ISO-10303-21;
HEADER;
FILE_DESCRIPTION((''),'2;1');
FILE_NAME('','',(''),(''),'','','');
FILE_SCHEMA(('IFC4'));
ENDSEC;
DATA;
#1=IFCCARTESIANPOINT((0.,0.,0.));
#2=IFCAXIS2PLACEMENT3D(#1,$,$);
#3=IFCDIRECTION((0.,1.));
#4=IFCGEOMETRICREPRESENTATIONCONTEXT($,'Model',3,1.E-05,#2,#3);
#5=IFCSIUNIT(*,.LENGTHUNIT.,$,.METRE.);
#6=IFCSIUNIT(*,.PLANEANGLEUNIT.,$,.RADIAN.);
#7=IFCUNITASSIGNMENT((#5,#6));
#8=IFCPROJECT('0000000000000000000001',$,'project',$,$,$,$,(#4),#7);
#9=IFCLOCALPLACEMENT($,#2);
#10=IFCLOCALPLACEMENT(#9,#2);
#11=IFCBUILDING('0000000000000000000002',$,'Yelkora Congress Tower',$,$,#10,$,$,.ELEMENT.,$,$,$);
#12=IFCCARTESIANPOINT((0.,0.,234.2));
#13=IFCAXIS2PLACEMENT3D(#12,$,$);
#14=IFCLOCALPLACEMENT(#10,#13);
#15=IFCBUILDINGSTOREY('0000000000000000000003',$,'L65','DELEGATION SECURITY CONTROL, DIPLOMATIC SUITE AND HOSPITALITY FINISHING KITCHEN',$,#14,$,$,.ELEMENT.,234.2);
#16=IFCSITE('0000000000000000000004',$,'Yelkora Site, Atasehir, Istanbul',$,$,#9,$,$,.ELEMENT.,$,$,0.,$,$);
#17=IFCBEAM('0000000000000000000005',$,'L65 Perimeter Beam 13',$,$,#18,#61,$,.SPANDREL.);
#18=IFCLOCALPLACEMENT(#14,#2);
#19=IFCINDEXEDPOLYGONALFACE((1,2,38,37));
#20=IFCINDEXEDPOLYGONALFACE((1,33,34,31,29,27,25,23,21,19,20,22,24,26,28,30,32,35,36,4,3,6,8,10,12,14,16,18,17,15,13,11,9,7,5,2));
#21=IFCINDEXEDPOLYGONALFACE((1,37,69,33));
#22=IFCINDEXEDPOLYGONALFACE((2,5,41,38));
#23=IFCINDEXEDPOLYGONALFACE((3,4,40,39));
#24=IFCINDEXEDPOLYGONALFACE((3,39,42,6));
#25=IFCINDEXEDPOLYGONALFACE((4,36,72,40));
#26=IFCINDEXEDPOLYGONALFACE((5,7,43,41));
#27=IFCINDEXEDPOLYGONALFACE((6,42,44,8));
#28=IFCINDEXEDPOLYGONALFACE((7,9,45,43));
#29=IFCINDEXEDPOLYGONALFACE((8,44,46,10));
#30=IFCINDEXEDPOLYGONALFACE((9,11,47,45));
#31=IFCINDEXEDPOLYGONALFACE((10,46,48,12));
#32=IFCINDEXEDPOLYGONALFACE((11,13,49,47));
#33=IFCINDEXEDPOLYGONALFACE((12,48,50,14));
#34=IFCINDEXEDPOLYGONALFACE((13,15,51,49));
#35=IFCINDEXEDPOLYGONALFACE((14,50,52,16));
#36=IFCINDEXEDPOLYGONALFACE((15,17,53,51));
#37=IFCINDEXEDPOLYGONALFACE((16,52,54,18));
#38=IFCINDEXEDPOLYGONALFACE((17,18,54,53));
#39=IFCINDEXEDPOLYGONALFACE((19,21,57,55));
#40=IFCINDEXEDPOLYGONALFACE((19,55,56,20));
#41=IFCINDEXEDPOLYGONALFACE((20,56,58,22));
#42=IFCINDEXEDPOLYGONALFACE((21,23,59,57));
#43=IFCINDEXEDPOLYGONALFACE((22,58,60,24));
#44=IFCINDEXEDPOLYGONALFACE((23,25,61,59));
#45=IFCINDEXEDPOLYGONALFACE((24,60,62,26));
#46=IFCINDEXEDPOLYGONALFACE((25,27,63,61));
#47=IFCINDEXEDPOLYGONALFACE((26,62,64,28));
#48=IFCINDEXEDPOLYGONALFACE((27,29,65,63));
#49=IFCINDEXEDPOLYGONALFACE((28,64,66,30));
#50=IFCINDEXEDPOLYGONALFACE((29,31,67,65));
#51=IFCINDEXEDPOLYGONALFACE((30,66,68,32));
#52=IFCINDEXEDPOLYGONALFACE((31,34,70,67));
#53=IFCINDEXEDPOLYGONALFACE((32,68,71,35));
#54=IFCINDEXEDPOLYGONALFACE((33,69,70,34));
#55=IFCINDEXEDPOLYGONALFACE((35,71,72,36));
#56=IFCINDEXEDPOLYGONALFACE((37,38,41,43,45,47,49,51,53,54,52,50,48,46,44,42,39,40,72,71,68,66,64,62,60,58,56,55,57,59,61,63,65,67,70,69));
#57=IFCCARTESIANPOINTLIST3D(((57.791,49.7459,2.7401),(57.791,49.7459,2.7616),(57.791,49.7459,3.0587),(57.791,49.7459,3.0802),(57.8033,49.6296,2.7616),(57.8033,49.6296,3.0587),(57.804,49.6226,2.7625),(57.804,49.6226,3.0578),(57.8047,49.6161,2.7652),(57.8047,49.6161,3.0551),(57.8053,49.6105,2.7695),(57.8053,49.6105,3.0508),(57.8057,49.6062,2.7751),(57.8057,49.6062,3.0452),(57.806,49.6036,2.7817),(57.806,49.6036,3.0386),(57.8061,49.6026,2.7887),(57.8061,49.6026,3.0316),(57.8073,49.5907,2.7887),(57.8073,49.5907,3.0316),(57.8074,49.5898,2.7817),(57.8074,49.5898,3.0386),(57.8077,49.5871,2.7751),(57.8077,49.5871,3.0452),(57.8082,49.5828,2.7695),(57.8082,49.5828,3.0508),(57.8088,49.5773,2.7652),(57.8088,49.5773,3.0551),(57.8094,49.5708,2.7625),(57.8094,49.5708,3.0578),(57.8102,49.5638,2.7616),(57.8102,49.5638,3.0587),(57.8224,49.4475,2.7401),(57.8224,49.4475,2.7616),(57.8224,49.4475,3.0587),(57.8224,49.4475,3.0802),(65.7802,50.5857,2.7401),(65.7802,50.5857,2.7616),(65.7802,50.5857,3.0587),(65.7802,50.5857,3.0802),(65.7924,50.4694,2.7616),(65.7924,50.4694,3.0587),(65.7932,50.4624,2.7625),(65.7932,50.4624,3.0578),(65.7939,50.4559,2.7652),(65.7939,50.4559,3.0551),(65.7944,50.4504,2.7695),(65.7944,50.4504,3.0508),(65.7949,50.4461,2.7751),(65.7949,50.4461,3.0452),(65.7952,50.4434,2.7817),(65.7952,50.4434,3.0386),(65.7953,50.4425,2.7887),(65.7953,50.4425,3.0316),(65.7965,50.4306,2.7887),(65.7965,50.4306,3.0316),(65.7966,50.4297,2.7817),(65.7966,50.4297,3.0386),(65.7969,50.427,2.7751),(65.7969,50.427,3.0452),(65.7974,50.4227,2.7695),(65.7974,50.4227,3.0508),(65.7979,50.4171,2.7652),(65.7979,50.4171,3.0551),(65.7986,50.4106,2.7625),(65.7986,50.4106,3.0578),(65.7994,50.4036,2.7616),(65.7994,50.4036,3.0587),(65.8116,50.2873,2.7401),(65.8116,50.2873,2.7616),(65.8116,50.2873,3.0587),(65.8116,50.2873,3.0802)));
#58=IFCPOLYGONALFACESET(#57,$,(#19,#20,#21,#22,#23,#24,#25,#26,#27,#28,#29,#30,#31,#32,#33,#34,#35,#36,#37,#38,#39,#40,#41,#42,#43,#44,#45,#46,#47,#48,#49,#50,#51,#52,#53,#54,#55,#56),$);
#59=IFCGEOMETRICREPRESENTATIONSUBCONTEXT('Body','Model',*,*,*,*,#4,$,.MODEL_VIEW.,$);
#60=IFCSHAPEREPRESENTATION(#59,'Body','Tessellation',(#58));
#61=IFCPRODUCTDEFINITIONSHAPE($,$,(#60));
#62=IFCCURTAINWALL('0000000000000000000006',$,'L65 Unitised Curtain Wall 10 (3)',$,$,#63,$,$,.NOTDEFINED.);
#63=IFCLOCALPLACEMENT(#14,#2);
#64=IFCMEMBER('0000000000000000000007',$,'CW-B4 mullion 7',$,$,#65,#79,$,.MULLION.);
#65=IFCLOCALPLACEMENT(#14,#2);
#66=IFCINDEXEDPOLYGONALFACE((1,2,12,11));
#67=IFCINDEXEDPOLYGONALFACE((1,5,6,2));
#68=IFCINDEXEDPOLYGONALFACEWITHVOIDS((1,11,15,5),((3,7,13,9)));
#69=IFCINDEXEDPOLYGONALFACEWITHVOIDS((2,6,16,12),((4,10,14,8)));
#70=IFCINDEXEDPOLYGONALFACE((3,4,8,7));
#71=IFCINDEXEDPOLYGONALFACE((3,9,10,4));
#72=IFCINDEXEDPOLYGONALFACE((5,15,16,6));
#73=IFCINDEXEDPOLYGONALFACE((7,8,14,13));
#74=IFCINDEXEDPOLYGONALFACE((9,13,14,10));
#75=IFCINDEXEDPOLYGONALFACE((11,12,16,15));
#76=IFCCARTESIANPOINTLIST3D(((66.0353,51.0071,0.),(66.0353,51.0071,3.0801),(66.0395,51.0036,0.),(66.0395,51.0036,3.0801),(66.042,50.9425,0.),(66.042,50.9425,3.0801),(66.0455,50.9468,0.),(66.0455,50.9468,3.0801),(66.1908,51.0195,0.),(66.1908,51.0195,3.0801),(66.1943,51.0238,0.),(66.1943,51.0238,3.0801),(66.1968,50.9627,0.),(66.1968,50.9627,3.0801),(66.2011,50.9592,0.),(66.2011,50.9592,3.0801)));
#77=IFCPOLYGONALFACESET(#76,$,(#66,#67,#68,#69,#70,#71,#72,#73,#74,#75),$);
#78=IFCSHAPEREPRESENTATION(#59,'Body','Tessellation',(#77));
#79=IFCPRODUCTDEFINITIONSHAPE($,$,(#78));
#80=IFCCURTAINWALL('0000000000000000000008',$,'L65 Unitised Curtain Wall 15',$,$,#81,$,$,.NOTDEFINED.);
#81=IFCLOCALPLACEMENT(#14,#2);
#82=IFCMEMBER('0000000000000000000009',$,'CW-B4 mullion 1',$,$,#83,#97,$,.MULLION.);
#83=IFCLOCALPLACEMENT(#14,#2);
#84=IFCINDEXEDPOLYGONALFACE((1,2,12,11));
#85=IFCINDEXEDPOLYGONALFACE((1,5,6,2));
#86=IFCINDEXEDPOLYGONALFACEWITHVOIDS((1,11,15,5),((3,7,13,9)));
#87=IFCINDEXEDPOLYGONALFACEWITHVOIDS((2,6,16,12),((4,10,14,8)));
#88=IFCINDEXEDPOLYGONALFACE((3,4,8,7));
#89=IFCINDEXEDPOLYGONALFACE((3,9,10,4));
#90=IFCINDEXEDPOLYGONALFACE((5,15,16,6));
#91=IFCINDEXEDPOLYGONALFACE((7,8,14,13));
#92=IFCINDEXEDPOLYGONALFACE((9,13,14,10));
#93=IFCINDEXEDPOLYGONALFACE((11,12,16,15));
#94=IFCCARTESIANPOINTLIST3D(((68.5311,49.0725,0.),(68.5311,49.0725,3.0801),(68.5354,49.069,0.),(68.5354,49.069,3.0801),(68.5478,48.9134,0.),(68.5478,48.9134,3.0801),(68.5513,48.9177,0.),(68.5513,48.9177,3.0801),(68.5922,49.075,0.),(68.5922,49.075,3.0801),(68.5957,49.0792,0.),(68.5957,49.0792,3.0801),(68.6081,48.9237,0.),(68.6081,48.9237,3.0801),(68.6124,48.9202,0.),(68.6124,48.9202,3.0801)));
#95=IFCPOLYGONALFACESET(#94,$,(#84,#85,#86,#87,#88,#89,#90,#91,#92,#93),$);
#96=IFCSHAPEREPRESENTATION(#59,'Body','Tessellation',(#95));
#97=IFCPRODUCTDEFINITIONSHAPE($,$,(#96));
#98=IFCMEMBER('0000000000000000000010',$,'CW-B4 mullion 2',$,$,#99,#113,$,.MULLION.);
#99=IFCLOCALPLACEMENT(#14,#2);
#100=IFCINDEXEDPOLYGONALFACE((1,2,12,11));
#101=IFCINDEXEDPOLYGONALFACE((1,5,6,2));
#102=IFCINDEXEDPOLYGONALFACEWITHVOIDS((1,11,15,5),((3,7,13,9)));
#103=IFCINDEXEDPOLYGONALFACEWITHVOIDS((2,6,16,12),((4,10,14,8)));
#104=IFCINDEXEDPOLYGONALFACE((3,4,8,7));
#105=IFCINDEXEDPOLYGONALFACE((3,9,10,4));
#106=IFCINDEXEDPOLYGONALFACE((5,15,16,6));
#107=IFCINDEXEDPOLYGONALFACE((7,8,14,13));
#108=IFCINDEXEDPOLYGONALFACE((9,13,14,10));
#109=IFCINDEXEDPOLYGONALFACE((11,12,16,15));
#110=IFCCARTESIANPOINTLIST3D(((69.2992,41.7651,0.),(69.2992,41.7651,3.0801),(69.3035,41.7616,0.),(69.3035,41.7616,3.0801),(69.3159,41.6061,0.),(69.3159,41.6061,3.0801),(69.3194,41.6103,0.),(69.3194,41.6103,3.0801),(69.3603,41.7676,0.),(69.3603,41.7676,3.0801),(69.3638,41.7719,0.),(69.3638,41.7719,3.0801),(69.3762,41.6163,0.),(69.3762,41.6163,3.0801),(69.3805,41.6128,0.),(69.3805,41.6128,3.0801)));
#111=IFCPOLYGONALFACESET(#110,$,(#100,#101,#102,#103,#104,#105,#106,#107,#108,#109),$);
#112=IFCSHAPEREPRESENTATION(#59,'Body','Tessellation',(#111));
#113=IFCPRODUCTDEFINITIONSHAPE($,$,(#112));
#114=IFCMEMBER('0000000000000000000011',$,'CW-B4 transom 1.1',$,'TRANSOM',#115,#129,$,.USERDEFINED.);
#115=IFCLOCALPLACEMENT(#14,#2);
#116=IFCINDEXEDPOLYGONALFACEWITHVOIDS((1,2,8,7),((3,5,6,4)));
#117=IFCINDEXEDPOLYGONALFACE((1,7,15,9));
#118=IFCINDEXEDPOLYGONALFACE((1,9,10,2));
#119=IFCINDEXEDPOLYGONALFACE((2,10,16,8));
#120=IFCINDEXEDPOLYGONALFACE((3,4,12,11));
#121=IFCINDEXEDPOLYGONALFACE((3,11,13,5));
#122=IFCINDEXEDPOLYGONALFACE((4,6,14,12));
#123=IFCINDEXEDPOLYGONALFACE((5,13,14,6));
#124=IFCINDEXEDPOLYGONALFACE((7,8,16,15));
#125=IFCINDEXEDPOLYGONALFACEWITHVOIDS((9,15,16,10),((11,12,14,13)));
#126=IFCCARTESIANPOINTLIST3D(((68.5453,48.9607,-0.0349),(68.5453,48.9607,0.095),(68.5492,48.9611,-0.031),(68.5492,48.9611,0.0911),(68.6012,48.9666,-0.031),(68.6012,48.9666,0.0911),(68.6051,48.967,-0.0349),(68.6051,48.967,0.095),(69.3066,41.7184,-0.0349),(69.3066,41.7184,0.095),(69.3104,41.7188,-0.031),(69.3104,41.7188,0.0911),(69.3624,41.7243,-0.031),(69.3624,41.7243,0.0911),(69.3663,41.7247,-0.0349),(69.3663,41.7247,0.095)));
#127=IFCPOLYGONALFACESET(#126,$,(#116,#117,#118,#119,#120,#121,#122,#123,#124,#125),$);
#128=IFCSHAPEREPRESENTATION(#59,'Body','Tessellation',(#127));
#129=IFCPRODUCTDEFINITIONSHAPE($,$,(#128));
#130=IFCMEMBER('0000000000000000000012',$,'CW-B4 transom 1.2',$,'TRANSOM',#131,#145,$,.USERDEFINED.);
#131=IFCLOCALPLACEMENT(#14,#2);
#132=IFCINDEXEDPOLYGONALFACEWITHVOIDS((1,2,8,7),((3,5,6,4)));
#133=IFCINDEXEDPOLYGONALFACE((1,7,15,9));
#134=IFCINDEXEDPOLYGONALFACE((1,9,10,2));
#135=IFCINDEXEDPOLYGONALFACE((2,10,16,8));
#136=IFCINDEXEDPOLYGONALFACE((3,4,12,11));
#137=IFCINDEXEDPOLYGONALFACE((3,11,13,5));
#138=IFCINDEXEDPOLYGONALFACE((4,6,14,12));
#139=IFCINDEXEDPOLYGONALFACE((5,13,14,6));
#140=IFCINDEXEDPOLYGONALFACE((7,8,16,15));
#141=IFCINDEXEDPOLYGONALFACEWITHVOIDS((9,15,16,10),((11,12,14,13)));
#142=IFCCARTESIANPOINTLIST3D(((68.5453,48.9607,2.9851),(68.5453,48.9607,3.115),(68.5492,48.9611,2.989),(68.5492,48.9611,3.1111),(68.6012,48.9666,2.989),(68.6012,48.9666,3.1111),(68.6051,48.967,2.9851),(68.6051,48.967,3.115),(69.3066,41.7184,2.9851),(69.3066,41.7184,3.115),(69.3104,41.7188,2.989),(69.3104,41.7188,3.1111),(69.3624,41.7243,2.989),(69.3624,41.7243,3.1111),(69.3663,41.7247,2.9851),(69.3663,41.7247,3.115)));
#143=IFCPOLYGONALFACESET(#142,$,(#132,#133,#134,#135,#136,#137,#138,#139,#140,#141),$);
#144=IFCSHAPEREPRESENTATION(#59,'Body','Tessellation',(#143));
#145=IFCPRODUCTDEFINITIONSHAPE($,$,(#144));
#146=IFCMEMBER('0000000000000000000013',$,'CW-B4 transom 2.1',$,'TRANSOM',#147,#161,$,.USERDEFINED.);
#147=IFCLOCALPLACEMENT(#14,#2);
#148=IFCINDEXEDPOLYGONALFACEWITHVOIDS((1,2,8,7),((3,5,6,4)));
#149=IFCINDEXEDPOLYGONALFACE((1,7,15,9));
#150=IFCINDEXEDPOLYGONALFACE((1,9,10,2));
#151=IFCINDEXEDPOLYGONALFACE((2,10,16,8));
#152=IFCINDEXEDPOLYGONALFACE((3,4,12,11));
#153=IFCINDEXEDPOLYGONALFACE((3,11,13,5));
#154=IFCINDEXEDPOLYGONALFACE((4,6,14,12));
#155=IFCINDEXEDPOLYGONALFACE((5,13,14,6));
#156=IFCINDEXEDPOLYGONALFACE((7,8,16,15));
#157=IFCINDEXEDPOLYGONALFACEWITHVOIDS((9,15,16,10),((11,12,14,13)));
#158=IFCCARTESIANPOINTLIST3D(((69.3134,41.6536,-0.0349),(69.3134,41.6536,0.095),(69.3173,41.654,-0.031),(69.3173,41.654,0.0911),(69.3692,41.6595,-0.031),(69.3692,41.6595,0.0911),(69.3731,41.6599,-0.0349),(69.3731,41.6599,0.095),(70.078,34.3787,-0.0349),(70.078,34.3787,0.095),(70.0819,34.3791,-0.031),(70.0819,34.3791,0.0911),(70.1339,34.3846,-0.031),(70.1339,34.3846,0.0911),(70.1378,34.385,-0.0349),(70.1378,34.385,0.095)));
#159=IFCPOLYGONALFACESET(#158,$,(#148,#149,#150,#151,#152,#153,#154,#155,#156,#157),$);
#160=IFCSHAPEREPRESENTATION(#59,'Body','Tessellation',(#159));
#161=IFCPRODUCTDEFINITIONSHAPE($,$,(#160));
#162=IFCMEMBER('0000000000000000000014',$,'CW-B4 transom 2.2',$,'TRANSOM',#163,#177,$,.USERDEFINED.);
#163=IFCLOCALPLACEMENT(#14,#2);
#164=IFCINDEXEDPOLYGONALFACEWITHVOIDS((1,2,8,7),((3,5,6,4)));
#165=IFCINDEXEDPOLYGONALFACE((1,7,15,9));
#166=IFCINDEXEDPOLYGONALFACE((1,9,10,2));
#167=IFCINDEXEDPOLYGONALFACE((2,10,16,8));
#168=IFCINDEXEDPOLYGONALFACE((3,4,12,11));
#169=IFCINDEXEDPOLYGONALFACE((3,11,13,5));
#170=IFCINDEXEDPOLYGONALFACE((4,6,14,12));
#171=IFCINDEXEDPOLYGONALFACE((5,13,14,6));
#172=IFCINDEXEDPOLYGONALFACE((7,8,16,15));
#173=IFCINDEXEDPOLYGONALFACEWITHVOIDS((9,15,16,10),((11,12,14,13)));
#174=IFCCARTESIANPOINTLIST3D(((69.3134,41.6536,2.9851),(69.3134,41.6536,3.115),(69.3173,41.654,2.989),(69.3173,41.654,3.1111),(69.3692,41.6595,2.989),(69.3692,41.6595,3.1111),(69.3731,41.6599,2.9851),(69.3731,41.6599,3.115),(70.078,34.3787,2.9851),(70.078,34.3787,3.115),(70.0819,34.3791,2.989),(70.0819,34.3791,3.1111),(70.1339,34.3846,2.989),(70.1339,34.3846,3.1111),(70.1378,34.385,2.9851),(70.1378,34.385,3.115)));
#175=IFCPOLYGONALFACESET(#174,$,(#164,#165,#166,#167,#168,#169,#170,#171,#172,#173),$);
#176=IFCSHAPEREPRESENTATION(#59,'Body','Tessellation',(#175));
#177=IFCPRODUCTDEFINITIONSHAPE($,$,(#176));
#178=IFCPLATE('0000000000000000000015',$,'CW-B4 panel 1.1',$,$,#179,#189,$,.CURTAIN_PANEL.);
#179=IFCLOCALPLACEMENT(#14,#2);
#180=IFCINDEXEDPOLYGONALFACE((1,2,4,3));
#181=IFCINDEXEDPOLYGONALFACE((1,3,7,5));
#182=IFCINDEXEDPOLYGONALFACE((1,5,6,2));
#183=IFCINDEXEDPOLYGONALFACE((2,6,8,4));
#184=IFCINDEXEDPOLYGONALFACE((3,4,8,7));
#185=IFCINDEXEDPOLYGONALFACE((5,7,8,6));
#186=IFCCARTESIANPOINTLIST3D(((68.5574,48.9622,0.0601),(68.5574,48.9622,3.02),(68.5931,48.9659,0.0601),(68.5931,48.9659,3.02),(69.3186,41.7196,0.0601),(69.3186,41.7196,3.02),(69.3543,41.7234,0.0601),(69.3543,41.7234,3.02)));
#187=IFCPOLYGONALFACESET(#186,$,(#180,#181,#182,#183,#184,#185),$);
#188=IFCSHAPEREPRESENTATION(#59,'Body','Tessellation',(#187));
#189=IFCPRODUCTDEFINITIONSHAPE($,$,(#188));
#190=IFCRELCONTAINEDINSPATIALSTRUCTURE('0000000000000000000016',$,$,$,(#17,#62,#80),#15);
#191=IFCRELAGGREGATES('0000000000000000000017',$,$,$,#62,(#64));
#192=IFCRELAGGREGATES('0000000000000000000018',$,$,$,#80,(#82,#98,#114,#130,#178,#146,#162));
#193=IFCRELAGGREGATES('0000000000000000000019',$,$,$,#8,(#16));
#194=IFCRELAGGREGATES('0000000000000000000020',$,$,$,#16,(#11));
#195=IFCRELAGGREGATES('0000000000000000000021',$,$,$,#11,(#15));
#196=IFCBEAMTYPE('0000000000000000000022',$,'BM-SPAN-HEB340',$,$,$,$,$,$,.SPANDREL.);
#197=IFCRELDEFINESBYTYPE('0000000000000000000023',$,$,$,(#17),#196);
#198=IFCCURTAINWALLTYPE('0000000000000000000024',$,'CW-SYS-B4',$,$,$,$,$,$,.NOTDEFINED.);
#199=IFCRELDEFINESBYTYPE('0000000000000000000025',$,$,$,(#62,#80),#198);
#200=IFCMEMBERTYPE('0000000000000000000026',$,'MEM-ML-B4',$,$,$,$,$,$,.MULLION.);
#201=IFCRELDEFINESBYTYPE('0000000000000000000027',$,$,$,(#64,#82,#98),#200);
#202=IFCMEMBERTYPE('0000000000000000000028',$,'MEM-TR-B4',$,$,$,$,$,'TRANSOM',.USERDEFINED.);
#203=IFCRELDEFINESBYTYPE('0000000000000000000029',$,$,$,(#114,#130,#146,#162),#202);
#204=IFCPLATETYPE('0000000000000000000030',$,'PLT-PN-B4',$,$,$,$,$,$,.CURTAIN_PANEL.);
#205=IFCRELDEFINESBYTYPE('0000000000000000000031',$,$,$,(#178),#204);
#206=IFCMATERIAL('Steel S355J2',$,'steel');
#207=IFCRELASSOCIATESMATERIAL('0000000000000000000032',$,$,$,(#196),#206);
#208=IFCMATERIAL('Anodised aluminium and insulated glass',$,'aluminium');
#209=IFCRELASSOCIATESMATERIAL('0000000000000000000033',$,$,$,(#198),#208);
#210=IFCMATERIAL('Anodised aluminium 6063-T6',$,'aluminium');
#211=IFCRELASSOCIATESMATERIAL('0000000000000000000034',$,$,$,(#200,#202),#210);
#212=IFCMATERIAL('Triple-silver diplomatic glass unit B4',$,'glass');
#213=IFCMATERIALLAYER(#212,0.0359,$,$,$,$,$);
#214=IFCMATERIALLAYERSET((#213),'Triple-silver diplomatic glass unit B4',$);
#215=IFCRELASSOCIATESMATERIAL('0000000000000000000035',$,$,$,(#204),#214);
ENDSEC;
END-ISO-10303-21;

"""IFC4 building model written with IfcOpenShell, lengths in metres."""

from ifc_helpers import new_model, si_unit, direction, frame, origin, origin_2d, place, context, subcontext, project, spatial, rectangle, hollow_rectangle, i_section, extrude, material, layer, layer_set, material_profile, profile_set, type_object, element, aggregate, save


model = new_model("IFC4")

# Units and contexts
model_context = context("Model", 3, precision=1e-05, world=origin(), true_north=direction((0.0, 1.0)))
body_context = subcontext(model_context, "Body", "Model", "MODEL_VIEW")
ifc_project = project(units=[si_unit("LENGTHUNIT", "METRE"), si_unit("PLANEANGLEUNIT", "RADIAN")], contexts=[model_context])

# Site, building, storey
site_placement = place(None, origin())
site = spatial("IfcSite", under=ifc_project, at=site_placement, Name="Yelkora Site, Atasehir, Istanbul", CompositionType="ELEMENT", RefElevation=0.0)
building_placement = place(site_placement, origin())
building = spatial("IfcBuilding", under=site, at=building_placement, Name="Yelkora Congress Tower", CompositionType="ELEMENT")
storey_placement = place(building_placement, frame((0.0, 0.0, 234.2)))
storey = spatial("IfcBuildingStorey", under=building, at=storey_placement, Name="L65", Description="DELEGATION SECURITY CONTROL, DIPLOMATIC SUITE AND HOSPITALITY FINISHING KITCHEN", CompositionType="ELEMENT", Elevation=234.2)

# Shared definitions
ifc_material_1 = material(Name="Steel S355J2", Category="steel")

# Beam
ifc_material_profile_1 = material_profile(ifc_material_1, i_section(OverallWidth=0.3, OverallDepth=0.3401, WebThickness=0.012, FlangeThickness=0.0215, FilletRadius=0.0271, at=origin_2d()), Name="HEB 340")
ifc_profile_set_1 = profile_set([ifc_material_profile_1], Name="Steel S355J2")
beam_type_1 = type_object("IfcBeamType", Name="BM-SPAN-HEB340", PredefinedType="SPANDREL", material=ifc_profile_set_1)
beam_1_placement = place(storey_placement, frame((65.7959, 50.4365, 2.9102), z_axis=(-0.99452, -0.104546, 0.0), x_axis=(0.104546, -0.99452, 0.0)))
element("IfcBeam", 1, at=beam_1_placement, inside=storey, type_object=beam_type_1, Name="L65 Perimeter Beam 13", PredefinedType="SPANDREL", context=body_context, shape_type="SweptSolid", body=[
    extrude(i_section(OverallWidth=0.3, OverallDepth=0.3401, WebThickness=0.012, FlangeThickness=0.0215, FilletRadius=0.0271, at=origin_2d()), origin(), (0.0, 0.0, 1.0), 8.0332),
])

# Curtain wall, member
ifc_material_2 = material(Name="Anodised aluminium and insulated glass", Category="aluminium")
curtain_wall_type = type_object("IfcCurtainWallType", Name="CW-SYS-B4", PredefinedType="NOTDEFINED", material=ifc_material_2)
curtain_wall_1_placement = place(storey_placement, origin())
curtain_wall_1 = element("IfcCurtainWall", 2, at=curtain_wall_1_placement, inside=storey, type_object=curtain_wall_type, Name="L65 Unitised Curtain Wall 10 (3)", PredefinedType="NOTDEFINED")
ifc_material_3 = material(Name="Anodised aluminium 6063-T6", Category="aluminium")
ifc_material_profile_2 = material_profile(ifc_material_3, hollow_rectangle(XDim=0.0649, YDim=0.1599, WallThickness=0.0039, at=origin_2d()), Name="ALU 65x160x4")
ifc_profile_set_2 = profile_set([ifc_material_profile_2], Name="Anodised aluminium 6063-T6")
member_type_1 = type_object("IfcMemberType", Name="MEM-ML-B4", PredefinedType="MULLION", material=ifc_profile_set_2)
member_1_placement = place(storey_placement, frame((66.1182, 50.9832, 0.0), z_axis=(0.0, 0.0, 1.0), x_axis=(-0.104528, 0.994522, 0.0)))
member_1 = element("IfcMember", 3, at=member_1_placement, type_object=member_type_1, Name="CW-B4 mullion 7", PredefinedType="MULLION", context=body_context, shape_type="SweptSolid", body=[
    extrude(hollow_rectangle(XDim=0.0649, YDim=0.1599, WallThickness=0.0039, at=origin_2d()), origin(), (0.0, 0.0, 1.0), 3.0801),
])
aggregate(curtain_wall_1, [member_1])

# Curtain wall, members, plate
curtain_wall_2_placement = place(storey_placement, origin())
curtain_wall_2 = element("IfcCurtainWall", 4, at=curtain_wall_2_placement, inside=storey, type_object=curtain_wall_type, Name="L65 Unitised Curtain Wall 15", PredefinedType="NOTDEFINED")
member_2_placement = place(storey_placement, frame((68.5718, 48.9963, 0.0), z_axis=(0.0, 0.0, 1.0), x_axis=(0.994522, 0.104526, 0.0)))
member_2 = element("IfcMember", 5, at=member_2_placement, type_object=member_type_1, Name="CW-B4 mullion 1", PredefinedType="MULLION", context=body_context, shape_type="SweptSolid", body=[
    extrude(hollow_rectangle(XDim=0.0649, YDim=0.1599, WallThickness=0.0039, at=origin_2d()), origin(), (0.0, 0.0, 1.0), 3.0801),
])
member_3_placement = place(storey_placement, frame((69.3398, 41.689, 0.0), z_axis=(0.0, 0.0, 1.0), x_axis=(0.994522, 0.104526, 0.0)))
member_3 = element("IfcMember", 6, at=member_3_placement, type_object=member_type_1, Name="CW-B4 mullion 2", PredefinedType="MULLION", context=body_context, shape_type="SweptSolid", body=[
    extrude(hollow_rectangle(XDim=0.0649, YDim=0.1599, WallThickness=0.0039, at=origin_2d()), origin(), (0.0, 0.0, 1.0), 3.0801),
])
ifc_material_profile_3 = material_profile(ifc_material_3, hollow_rectangle(XDim=0.0601, YDim=0.1299, WallThickness=0.0039, at=origin_2d()), Name="ALU 60x130x4")
ifc_profile_set_3 = profile_set([ifc_material_profile_3], Name="Anodised aluminium 6063-T6")
member_type_2 = type_object("IfcMemberType", Name="MEM-TR-B4", ElementType="TRANSOM", PredefinedType="USERDEFINED", material=ifc_profile_set_3)
member_4_placement = place(storey_placement, frame((68.5752, 48.9639, 0.03), z_axis=(0.104531, -0.994522, 0.0), x_axis=(0.994522, 0.104531, 0.0)))
member_4 = element("IfcMember", 7, at=member_4_placement, type_object=member_type_2, Name="CW-B4 transom 1.1", ObjectType="TRANSOM", PredefinedType="USERDEFINED", context=body_context, shape_type="SweptSolid", body=[
    extrude(hollow_rectangle(XDim=0.0601, YDim=0.1299, WallThickness=0.0039, at=origin_2d()), origin(), (0.0, 0.0, 1.0), 7.2822),
])
member_5_placement = place(storey_placement, frame((68.5752, 48.9639, 3.05), z_axis=(0.104531, -0.994522, 0.0), x_axis=(0.994522, 0.104531, 0.0)))
member_5 = element("IfcMember", 8, at=member_5_placement, type_object=member_type_2, Name="CW-B4 transom 1.2", ObjectType="TRANSOM", PredefinedType="USERDEFINED", context=body_context, shape_type="SweptSolid", body=[
    extrude(hollow_rectangle(XDim=0.0601, YDim=0.1299, WallThickness=0.0039, at=origin_2d()), origin(), (0.0, 0.0, 1.0), 7.2822),
])
member_6_placement = place(storey_placement, frame((69.3433, 41.6567, 0.03), z_axis=(0.104532, -0.994522, 0.0), x_axis=(0.994522, 0.104532, 0.0)))
member_6 = element("IfcMember", 9, at=member_6_placement, type_object=member_type_2, Name="CW-B4 transom 2.1", ObjectType="TRANSOM", PredefinedType="USERDEFINED", context=body_context, shape_type="SweptSolid", body=[
    extrude(hollow_rectangle(XDim=0.0601, YDim=0.1299, WallThickness=0.0039, at=origin_2d()), origin(), (0.0, 0.0, 1.0), 7.3149),
])
member_7_placement = place(storey_placement, frame((69.3433, 41.6567, 3.05), z_axis=(0.104532, -0.994522, 0.0), x_axis=(0.994522, 0.104532, 0.0)))
member_7 = element("IfcMember", 10, at=member_7_placement, type_object=member_type_2, Name="CW-B4 transom 2.2", ObjectType="TRANSOM", PredefinedType="USERDEFINED", context=body_context, shape_type="SweptSolid", body=[
    extrude(hollow_rectangle(XDim=0.0601, YDim=0.1299, WallThickness=0.0039, at=origin_2d()), origin(), (0.0, 0.0, 1.0), 7.3149),
])
ifc_material_4 = material(Name="Triple-silver diplomatic glass unit B4", Category="glass")
ifc_layer_1 = layer(ifc_material_4, 0.0359)
ifc_layer_set_1 = layer_set([ifc_layer_1], Name="Triple-silver diplomatic glass unit B4")
plate_type = type_object("IfcPlateType", Name="PLT-PN-B4", PredefinedType="CURTAIN_PANEL", material=ifc_layer_set_1)
plate_1_placement = place(storey_placement, frame((68.9558, 45.3428, 0.0601), z_axis=(0.0, 0.0, 1.0), x_axis=(0.104526, -0.994522, 0.0)))
plate_1 = element("IfcPlate", 11, at=plate_1_placement, type_object=plate_type, Name="CW-B4 panel 1.1", PredefinedType="CURTAIN_PANEL", context=body_context, shape_type="SweptSolid", body=[
    extrude(rectangle(XDim=7.2825, YDim=0.0359, at=origin_2d()), origin(), (0.0, 0.0, 1.0), 2.96),
])
aggregate(curtain_wall_2, [member_2, member_3, member_4, member_5, plate_1, member_6, member_7])

save(model, "model.ifc")
